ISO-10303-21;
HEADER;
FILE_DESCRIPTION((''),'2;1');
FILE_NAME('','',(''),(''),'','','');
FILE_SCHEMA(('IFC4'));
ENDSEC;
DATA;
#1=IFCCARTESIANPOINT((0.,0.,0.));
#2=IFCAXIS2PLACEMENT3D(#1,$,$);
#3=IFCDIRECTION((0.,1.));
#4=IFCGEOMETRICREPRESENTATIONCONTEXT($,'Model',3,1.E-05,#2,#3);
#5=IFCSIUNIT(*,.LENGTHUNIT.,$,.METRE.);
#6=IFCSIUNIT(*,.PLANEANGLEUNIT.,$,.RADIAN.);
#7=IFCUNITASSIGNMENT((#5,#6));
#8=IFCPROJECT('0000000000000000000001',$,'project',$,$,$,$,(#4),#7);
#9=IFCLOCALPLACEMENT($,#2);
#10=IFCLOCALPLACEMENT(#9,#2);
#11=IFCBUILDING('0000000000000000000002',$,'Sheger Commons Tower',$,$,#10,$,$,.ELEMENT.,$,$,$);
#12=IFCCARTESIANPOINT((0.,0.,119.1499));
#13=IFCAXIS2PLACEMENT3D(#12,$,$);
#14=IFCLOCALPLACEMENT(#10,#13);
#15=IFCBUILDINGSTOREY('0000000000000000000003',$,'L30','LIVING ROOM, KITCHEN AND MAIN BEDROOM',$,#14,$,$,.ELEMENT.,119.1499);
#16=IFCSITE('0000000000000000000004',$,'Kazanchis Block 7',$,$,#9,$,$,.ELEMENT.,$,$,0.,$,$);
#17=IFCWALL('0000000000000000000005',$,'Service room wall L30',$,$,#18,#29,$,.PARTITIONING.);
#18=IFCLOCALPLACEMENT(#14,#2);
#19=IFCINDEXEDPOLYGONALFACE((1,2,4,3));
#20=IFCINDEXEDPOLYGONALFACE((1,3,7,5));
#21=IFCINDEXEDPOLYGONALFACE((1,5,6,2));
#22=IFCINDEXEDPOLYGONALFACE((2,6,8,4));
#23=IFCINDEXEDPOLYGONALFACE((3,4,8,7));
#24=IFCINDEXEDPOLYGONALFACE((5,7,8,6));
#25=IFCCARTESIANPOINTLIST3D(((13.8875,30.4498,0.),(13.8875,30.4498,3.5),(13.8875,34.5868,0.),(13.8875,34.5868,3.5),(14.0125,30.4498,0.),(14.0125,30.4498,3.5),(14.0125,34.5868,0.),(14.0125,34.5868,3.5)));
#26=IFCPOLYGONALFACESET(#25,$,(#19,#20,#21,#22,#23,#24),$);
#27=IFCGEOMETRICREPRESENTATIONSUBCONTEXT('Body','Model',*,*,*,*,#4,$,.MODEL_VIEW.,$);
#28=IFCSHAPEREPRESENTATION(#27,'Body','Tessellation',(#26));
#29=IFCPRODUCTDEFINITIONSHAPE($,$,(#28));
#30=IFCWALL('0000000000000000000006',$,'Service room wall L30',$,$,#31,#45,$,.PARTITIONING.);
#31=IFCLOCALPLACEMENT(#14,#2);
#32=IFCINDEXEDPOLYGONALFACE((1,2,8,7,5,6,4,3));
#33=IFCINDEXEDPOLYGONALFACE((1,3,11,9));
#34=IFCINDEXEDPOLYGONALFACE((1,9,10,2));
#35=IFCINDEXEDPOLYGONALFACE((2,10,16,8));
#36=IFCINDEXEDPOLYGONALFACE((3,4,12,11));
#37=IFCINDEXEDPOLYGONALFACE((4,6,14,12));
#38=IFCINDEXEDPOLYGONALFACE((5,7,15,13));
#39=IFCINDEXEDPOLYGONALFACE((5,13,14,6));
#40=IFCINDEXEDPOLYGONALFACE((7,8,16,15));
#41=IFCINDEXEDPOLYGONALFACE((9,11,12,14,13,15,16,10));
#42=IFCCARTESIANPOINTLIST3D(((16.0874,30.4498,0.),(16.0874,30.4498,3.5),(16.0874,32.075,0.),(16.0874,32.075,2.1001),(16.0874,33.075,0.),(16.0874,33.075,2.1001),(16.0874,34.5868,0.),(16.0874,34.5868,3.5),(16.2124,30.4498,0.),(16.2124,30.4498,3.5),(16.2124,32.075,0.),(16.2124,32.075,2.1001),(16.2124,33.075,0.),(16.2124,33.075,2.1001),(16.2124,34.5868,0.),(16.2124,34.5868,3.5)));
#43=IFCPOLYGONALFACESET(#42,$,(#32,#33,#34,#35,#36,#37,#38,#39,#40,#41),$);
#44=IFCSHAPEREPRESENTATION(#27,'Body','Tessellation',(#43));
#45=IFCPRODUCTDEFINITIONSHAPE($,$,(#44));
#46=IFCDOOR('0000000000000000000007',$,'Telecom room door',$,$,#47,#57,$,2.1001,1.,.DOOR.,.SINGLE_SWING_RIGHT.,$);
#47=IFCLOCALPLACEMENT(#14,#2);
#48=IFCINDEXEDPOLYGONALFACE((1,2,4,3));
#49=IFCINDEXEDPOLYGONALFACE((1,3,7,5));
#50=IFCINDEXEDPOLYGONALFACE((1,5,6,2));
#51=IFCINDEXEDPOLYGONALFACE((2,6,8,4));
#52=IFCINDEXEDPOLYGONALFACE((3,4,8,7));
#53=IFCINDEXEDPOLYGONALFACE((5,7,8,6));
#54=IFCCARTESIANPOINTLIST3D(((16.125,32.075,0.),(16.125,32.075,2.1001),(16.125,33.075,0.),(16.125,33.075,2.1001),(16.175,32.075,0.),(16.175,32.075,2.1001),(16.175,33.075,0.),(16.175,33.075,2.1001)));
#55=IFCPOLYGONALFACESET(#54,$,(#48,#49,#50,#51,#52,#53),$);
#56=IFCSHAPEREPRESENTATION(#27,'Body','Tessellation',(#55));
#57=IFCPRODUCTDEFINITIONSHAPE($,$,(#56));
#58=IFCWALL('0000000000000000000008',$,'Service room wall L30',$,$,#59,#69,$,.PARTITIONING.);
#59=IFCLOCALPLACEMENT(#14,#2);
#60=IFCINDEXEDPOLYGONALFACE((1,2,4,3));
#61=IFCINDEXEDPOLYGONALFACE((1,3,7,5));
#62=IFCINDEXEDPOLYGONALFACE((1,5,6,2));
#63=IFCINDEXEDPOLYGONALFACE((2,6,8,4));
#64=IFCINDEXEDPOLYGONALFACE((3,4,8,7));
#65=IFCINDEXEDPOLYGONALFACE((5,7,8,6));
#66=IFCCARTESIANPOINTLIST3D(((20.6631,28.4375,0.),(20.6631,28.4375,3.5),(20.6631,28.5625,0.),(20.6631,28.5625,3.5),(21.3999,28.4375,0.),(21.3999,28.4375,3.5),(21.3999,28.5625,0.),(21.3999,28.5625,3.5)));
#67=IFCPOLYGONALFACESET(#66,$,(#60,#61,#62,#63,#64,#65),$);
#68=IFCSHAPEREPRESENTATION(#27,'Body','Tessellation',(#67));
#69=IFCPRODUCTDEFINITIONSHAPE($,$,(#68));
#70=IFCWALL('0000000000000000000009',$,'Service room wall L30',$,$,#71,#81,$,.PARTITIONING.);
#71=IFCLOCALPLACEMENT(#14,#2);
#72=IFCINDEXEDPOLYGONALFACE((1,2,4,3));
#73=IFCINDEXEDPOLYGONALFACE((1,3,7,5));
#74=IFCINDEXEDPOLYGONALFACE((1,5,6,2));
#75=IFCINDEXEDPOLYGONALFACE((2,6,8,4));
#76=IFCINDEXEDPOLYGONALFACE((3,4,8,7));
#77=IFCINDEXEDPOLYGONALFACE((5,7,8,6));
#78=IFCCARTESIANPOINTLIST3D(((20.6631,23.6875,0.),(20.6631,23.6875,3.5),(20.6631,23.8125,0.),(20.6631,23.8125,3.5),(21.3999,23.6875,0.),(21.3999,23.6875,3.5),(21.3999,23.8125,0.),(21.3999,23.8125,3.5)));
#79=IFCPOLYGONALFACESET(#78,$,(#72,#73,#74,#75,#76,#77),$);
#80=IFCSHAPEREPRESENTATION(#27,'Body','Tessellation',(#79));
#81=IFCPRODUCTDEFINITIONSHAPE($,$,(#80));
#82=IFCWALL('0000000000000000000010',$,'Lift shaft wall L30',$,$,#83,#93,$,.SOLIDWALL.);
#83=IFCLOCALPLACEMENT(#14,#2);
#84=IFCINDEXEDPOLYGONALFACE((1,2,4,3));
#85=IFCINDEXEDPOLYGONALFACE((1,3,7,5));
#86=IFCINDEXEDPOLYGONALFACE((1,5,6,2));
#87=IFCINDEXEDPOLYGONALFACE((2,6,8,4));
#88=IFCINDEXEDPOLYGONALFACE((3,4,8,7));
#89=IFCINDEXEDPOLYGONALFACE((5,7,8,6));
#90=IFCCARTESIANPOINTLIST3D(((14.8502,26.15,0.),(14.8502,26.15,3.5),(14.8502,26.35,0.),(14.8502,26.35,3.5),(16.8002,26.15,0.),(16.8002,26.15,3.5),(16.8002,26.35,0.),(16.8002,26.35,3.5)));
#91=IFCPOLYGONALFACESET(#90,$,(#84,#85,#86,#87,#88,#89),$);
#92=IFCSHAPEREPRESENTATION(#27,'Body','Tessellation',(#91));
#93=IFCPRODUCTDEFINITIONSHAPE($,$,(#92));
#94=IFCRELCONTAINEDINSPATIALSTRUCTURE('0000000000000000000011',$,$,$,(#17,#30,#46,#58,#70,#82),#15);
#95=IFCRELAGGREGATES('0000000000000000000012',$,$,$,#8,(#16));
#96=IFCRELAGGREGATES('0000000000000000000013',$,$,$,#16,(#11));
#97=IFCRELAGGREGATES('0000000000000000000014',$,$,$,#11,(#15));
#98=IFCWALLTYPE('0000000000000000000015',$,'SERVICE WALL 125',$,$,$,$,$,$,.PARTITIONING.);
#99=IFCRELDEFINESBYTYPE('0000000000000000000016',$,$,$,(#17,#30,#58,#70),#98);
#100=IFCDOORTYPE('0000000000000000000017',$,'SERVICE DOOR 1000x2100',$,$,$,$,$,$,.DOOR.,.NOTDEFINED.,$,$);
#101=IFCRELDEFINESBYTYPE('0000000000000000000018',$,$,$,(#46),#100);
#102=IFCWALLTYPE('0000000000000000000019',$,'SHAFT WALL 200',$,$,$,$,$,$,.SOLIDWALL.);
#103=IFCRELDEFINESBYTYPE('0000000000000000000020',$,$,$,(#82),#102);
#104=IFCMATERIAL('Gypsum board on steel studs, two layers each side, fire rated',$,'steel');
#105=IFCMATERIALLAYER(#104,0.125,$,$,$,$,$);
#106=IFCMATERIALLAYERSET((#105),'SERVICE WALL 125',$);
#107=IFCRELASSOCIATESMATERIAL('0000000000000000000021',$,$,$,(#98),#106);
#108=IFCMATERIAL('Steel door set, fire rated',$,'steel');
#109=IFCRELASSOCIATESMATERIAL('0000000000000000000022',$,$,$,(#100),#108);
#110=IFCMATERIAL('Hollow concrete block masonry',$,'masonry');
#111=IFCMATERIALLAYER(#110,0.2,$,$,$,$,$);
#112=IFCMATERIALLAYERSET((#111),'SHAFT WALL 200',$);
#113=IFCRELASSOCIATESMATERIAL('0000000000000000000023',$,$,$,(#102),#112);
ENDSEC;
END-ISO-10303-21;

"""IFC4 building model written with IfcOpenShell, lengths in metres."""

from ifc_helpers import new_model, si_unit, direction, frame, frame_2d, origin, place, context, subcontext, project, spatial, rectangle, extrude, material, layer, layer_set, type_object, element, fill, save


model = new_model("IFC4")

# Units and contexts
model_context = context("Model", 3, precision=1e-05, world=origin(), true_north=direction((0.0, 1.0)))
body_context = subcontext(model_context, "Body", "Model", "MODEL_VIEW")
ifc_project = project(units=[si_unit("LENGTHUNIT", "METRE"), si_unit("PLANEANGLEUNIT", "RADIAN")], contexts=[model_context])

# Site, building, storey
site_placement = place(None, origin())
site = spatial("IfcSite", under=ifc_project, at=site_placement, Name="Kazanchis Block 7", CompositionType="ELEMENT", RefElevation=0.0)
building_placement = place(site_placement, origin())
building = spatial("IfcBuilding", under=site, at=building_placement, Name="Sheger Commons Tower", CompositionType="ELEMENT")
storey_placement = place(building_placement, frame((0.0, 0.0, 119.1499)))
storey = spatial("IfcBuildingStorey", under=building, at=storey_placement, Name="L30", Description="LIVING ROOM, KITCHEN AND MAIN BEDROOM", CompositionType="ELEMENT", Elevation=119.1499)

# Wall
ifc_material_1 = material(Name="Gypsum board on steel studs, two layers each side, fire rated", Category="steel")
ifc_layer_1 = layer(ifc_material_1, 0.125)
ifc_layer_set_1 = layer_set([ifc_layer_1], Name="SERVICE WALL 125")
wall_type_1 = type_object("IfcWallType", Name="SERVICE WALL 125", PredefinedType="PARTITIONING", material=ifc_layer_set_1)
wall_1_placement = place(storey_placement, frame((13.95, 30.45, 0.0), z_axis=(0.0, 0.0, 1.0), x_axis=(0.0, 1.0, 0.0)))
element("IfcWall", 1, at=wall_1_placement, inside=storey, type_object=wall_type_1, Name="Service room wall L30", PredefinedType="PARTITIONING", context=body_context, shape_type="SweptSolid", body=[
    extrude(rectangle(XDim=4.137, YDim=0.125, at=frame_2d((2.0684, 0.0))), origin(), (0.0, 0.0, 1.0), 3.5),
])

# Wall, opening, door
wall_2_placement = place(storey_placement, frame((16.1499, 30.45, 0.0), z_axis=(0.0, 0.0, 1.0), x_axis=(0.0, 1.0, 0.0)))
wall_2 = element("IfcWall", 2, at=wall_2_placement, inside=storey, type_object=wall_type_1, Name="Service room wall L30", PredefinedType="PARTITIONING", context=body_context, shape_type="SweptSolid", body=[
    extrude(rectangle(XDim=4.137, YDim=0.125, at=frame_2d((2.0684, 0.0))), origin(), (0.0, 0.0, 1.0), 3.5),
])
opening_1_placement = place(wall_2_placement, frame((1.625, 0.0, 0.0)))
opening_1 = element("IfcOpeningElement", 3, at=opening_1_placement, cuts=wall_2, PredefinedType="OPENING", context=body_context, shape_type="SweptSolid", body=[
    extrude(rectangle(XDim=1.0, YDim=2.1001, at=frame_2d((0.5, 1.05))), frame((0.0, 0.0725, 0.0), z_axis=(0.0, -1.0, 0.0), x_axis=(1.0, 0.0, 0.0)), (0.0, 0.0, 1.0), 0.145),
])
ifc_material_2 = material(Name="Steel door set, fire rated", Category="steel")
door_type_1 = type_object("IfcDoorType", Name="SERVICE DOOR 1000x2100", OperationType="NOTDEFINED", PredefinedType="DOOR", material=ifc_material_2)
door_1_placement = place(opening_1_placement, origin())
door_1 = element("IfcDoor", 4, at=door_1_placement, inside=storey, type_object=door_type_1, Name="Telecom room door", OperationType="SINGLE_SWING_RIGHT", OverallHeight=2.1001, OverallWidth=1.0, PredefinedType="DOOR", context=body_context, shape_type="SweptSolid", body=[
    extrude(rectangle(XDim=1.0, YDim=2.1001, at=frame_2d((0.5, 1.05))), frame((0.0, 0.0249, 0.0), z_axis=(0.0, -1.0, 0.0), x_axis=(1.0, 0.0, 0.0)), (0.0, 0.0, 1.0), 0.05),
])
fill(opening_1, door_1)

# Walls
for number, where, z_axis, x_axis, name in (
    (5, (20.6631, 28.5, 0.0), (0.0, 0.0, 1.0), (1.0, 0.0, 0.0), "Service room wall L30"),
    (6, (20.6631, 23.75, 0.0), (0.0, 0.0, 1.0), (1.0, 0.0, 0.0), "Service room wall L30"),
):
    element("IfcWall", number, at=place(storey_placement, frame(where, z_axis=z_axis, x_axis=x_axis)), inside=storey, type_object=wall_type_1, Name=name, PredefinedType="PARTITIONING", context=body_context, shape_type="SweptSolid", body=[
        extrude(rectangle(XDim=0.7368, YDim=0.125, at=frame_2d((0.3684, 0.0))), origin(), (0.0, 0.0, 1.0), 3.5),
    ])
ifc_material_3 = material(Name="Hollow concrete block masonry", Category="masonry")
ifc_layer_2 = layer(ifc_material_3, 0.2)
ifc_layer_set_2 = layer_set([ifc_layer_2], Name="SHAFT WALL 200")
wall_type_2 = type_object("IfcWallType", Name="SHAFT WALL 200", PredefinedType="SOLIDWALL", material=ifc_layer_set_2)
wall_3_placement = place(storey_placement, frame((14.8501, 26.25, 0.0), z_axis=(0.0, 0.0, 1.0), x_axis=(1.0, 0.0, 0.0)))
element("IfcWall", 7, at=wall_3_placement, inside=storey, type_object=wall_type_2, Name="Lift shaft wall L30", PredefinedType="SOLIDWALL", context=body_context, shape_type="SweptSolid", body=[
    extrude(rectangle(XDim=1.95, YDim=0.2, at=frame_2d((0.9751, 0.0))), origin(), (0.0, 0.0, 1.0), 3.5),
])

save(model, "model.ifc")
